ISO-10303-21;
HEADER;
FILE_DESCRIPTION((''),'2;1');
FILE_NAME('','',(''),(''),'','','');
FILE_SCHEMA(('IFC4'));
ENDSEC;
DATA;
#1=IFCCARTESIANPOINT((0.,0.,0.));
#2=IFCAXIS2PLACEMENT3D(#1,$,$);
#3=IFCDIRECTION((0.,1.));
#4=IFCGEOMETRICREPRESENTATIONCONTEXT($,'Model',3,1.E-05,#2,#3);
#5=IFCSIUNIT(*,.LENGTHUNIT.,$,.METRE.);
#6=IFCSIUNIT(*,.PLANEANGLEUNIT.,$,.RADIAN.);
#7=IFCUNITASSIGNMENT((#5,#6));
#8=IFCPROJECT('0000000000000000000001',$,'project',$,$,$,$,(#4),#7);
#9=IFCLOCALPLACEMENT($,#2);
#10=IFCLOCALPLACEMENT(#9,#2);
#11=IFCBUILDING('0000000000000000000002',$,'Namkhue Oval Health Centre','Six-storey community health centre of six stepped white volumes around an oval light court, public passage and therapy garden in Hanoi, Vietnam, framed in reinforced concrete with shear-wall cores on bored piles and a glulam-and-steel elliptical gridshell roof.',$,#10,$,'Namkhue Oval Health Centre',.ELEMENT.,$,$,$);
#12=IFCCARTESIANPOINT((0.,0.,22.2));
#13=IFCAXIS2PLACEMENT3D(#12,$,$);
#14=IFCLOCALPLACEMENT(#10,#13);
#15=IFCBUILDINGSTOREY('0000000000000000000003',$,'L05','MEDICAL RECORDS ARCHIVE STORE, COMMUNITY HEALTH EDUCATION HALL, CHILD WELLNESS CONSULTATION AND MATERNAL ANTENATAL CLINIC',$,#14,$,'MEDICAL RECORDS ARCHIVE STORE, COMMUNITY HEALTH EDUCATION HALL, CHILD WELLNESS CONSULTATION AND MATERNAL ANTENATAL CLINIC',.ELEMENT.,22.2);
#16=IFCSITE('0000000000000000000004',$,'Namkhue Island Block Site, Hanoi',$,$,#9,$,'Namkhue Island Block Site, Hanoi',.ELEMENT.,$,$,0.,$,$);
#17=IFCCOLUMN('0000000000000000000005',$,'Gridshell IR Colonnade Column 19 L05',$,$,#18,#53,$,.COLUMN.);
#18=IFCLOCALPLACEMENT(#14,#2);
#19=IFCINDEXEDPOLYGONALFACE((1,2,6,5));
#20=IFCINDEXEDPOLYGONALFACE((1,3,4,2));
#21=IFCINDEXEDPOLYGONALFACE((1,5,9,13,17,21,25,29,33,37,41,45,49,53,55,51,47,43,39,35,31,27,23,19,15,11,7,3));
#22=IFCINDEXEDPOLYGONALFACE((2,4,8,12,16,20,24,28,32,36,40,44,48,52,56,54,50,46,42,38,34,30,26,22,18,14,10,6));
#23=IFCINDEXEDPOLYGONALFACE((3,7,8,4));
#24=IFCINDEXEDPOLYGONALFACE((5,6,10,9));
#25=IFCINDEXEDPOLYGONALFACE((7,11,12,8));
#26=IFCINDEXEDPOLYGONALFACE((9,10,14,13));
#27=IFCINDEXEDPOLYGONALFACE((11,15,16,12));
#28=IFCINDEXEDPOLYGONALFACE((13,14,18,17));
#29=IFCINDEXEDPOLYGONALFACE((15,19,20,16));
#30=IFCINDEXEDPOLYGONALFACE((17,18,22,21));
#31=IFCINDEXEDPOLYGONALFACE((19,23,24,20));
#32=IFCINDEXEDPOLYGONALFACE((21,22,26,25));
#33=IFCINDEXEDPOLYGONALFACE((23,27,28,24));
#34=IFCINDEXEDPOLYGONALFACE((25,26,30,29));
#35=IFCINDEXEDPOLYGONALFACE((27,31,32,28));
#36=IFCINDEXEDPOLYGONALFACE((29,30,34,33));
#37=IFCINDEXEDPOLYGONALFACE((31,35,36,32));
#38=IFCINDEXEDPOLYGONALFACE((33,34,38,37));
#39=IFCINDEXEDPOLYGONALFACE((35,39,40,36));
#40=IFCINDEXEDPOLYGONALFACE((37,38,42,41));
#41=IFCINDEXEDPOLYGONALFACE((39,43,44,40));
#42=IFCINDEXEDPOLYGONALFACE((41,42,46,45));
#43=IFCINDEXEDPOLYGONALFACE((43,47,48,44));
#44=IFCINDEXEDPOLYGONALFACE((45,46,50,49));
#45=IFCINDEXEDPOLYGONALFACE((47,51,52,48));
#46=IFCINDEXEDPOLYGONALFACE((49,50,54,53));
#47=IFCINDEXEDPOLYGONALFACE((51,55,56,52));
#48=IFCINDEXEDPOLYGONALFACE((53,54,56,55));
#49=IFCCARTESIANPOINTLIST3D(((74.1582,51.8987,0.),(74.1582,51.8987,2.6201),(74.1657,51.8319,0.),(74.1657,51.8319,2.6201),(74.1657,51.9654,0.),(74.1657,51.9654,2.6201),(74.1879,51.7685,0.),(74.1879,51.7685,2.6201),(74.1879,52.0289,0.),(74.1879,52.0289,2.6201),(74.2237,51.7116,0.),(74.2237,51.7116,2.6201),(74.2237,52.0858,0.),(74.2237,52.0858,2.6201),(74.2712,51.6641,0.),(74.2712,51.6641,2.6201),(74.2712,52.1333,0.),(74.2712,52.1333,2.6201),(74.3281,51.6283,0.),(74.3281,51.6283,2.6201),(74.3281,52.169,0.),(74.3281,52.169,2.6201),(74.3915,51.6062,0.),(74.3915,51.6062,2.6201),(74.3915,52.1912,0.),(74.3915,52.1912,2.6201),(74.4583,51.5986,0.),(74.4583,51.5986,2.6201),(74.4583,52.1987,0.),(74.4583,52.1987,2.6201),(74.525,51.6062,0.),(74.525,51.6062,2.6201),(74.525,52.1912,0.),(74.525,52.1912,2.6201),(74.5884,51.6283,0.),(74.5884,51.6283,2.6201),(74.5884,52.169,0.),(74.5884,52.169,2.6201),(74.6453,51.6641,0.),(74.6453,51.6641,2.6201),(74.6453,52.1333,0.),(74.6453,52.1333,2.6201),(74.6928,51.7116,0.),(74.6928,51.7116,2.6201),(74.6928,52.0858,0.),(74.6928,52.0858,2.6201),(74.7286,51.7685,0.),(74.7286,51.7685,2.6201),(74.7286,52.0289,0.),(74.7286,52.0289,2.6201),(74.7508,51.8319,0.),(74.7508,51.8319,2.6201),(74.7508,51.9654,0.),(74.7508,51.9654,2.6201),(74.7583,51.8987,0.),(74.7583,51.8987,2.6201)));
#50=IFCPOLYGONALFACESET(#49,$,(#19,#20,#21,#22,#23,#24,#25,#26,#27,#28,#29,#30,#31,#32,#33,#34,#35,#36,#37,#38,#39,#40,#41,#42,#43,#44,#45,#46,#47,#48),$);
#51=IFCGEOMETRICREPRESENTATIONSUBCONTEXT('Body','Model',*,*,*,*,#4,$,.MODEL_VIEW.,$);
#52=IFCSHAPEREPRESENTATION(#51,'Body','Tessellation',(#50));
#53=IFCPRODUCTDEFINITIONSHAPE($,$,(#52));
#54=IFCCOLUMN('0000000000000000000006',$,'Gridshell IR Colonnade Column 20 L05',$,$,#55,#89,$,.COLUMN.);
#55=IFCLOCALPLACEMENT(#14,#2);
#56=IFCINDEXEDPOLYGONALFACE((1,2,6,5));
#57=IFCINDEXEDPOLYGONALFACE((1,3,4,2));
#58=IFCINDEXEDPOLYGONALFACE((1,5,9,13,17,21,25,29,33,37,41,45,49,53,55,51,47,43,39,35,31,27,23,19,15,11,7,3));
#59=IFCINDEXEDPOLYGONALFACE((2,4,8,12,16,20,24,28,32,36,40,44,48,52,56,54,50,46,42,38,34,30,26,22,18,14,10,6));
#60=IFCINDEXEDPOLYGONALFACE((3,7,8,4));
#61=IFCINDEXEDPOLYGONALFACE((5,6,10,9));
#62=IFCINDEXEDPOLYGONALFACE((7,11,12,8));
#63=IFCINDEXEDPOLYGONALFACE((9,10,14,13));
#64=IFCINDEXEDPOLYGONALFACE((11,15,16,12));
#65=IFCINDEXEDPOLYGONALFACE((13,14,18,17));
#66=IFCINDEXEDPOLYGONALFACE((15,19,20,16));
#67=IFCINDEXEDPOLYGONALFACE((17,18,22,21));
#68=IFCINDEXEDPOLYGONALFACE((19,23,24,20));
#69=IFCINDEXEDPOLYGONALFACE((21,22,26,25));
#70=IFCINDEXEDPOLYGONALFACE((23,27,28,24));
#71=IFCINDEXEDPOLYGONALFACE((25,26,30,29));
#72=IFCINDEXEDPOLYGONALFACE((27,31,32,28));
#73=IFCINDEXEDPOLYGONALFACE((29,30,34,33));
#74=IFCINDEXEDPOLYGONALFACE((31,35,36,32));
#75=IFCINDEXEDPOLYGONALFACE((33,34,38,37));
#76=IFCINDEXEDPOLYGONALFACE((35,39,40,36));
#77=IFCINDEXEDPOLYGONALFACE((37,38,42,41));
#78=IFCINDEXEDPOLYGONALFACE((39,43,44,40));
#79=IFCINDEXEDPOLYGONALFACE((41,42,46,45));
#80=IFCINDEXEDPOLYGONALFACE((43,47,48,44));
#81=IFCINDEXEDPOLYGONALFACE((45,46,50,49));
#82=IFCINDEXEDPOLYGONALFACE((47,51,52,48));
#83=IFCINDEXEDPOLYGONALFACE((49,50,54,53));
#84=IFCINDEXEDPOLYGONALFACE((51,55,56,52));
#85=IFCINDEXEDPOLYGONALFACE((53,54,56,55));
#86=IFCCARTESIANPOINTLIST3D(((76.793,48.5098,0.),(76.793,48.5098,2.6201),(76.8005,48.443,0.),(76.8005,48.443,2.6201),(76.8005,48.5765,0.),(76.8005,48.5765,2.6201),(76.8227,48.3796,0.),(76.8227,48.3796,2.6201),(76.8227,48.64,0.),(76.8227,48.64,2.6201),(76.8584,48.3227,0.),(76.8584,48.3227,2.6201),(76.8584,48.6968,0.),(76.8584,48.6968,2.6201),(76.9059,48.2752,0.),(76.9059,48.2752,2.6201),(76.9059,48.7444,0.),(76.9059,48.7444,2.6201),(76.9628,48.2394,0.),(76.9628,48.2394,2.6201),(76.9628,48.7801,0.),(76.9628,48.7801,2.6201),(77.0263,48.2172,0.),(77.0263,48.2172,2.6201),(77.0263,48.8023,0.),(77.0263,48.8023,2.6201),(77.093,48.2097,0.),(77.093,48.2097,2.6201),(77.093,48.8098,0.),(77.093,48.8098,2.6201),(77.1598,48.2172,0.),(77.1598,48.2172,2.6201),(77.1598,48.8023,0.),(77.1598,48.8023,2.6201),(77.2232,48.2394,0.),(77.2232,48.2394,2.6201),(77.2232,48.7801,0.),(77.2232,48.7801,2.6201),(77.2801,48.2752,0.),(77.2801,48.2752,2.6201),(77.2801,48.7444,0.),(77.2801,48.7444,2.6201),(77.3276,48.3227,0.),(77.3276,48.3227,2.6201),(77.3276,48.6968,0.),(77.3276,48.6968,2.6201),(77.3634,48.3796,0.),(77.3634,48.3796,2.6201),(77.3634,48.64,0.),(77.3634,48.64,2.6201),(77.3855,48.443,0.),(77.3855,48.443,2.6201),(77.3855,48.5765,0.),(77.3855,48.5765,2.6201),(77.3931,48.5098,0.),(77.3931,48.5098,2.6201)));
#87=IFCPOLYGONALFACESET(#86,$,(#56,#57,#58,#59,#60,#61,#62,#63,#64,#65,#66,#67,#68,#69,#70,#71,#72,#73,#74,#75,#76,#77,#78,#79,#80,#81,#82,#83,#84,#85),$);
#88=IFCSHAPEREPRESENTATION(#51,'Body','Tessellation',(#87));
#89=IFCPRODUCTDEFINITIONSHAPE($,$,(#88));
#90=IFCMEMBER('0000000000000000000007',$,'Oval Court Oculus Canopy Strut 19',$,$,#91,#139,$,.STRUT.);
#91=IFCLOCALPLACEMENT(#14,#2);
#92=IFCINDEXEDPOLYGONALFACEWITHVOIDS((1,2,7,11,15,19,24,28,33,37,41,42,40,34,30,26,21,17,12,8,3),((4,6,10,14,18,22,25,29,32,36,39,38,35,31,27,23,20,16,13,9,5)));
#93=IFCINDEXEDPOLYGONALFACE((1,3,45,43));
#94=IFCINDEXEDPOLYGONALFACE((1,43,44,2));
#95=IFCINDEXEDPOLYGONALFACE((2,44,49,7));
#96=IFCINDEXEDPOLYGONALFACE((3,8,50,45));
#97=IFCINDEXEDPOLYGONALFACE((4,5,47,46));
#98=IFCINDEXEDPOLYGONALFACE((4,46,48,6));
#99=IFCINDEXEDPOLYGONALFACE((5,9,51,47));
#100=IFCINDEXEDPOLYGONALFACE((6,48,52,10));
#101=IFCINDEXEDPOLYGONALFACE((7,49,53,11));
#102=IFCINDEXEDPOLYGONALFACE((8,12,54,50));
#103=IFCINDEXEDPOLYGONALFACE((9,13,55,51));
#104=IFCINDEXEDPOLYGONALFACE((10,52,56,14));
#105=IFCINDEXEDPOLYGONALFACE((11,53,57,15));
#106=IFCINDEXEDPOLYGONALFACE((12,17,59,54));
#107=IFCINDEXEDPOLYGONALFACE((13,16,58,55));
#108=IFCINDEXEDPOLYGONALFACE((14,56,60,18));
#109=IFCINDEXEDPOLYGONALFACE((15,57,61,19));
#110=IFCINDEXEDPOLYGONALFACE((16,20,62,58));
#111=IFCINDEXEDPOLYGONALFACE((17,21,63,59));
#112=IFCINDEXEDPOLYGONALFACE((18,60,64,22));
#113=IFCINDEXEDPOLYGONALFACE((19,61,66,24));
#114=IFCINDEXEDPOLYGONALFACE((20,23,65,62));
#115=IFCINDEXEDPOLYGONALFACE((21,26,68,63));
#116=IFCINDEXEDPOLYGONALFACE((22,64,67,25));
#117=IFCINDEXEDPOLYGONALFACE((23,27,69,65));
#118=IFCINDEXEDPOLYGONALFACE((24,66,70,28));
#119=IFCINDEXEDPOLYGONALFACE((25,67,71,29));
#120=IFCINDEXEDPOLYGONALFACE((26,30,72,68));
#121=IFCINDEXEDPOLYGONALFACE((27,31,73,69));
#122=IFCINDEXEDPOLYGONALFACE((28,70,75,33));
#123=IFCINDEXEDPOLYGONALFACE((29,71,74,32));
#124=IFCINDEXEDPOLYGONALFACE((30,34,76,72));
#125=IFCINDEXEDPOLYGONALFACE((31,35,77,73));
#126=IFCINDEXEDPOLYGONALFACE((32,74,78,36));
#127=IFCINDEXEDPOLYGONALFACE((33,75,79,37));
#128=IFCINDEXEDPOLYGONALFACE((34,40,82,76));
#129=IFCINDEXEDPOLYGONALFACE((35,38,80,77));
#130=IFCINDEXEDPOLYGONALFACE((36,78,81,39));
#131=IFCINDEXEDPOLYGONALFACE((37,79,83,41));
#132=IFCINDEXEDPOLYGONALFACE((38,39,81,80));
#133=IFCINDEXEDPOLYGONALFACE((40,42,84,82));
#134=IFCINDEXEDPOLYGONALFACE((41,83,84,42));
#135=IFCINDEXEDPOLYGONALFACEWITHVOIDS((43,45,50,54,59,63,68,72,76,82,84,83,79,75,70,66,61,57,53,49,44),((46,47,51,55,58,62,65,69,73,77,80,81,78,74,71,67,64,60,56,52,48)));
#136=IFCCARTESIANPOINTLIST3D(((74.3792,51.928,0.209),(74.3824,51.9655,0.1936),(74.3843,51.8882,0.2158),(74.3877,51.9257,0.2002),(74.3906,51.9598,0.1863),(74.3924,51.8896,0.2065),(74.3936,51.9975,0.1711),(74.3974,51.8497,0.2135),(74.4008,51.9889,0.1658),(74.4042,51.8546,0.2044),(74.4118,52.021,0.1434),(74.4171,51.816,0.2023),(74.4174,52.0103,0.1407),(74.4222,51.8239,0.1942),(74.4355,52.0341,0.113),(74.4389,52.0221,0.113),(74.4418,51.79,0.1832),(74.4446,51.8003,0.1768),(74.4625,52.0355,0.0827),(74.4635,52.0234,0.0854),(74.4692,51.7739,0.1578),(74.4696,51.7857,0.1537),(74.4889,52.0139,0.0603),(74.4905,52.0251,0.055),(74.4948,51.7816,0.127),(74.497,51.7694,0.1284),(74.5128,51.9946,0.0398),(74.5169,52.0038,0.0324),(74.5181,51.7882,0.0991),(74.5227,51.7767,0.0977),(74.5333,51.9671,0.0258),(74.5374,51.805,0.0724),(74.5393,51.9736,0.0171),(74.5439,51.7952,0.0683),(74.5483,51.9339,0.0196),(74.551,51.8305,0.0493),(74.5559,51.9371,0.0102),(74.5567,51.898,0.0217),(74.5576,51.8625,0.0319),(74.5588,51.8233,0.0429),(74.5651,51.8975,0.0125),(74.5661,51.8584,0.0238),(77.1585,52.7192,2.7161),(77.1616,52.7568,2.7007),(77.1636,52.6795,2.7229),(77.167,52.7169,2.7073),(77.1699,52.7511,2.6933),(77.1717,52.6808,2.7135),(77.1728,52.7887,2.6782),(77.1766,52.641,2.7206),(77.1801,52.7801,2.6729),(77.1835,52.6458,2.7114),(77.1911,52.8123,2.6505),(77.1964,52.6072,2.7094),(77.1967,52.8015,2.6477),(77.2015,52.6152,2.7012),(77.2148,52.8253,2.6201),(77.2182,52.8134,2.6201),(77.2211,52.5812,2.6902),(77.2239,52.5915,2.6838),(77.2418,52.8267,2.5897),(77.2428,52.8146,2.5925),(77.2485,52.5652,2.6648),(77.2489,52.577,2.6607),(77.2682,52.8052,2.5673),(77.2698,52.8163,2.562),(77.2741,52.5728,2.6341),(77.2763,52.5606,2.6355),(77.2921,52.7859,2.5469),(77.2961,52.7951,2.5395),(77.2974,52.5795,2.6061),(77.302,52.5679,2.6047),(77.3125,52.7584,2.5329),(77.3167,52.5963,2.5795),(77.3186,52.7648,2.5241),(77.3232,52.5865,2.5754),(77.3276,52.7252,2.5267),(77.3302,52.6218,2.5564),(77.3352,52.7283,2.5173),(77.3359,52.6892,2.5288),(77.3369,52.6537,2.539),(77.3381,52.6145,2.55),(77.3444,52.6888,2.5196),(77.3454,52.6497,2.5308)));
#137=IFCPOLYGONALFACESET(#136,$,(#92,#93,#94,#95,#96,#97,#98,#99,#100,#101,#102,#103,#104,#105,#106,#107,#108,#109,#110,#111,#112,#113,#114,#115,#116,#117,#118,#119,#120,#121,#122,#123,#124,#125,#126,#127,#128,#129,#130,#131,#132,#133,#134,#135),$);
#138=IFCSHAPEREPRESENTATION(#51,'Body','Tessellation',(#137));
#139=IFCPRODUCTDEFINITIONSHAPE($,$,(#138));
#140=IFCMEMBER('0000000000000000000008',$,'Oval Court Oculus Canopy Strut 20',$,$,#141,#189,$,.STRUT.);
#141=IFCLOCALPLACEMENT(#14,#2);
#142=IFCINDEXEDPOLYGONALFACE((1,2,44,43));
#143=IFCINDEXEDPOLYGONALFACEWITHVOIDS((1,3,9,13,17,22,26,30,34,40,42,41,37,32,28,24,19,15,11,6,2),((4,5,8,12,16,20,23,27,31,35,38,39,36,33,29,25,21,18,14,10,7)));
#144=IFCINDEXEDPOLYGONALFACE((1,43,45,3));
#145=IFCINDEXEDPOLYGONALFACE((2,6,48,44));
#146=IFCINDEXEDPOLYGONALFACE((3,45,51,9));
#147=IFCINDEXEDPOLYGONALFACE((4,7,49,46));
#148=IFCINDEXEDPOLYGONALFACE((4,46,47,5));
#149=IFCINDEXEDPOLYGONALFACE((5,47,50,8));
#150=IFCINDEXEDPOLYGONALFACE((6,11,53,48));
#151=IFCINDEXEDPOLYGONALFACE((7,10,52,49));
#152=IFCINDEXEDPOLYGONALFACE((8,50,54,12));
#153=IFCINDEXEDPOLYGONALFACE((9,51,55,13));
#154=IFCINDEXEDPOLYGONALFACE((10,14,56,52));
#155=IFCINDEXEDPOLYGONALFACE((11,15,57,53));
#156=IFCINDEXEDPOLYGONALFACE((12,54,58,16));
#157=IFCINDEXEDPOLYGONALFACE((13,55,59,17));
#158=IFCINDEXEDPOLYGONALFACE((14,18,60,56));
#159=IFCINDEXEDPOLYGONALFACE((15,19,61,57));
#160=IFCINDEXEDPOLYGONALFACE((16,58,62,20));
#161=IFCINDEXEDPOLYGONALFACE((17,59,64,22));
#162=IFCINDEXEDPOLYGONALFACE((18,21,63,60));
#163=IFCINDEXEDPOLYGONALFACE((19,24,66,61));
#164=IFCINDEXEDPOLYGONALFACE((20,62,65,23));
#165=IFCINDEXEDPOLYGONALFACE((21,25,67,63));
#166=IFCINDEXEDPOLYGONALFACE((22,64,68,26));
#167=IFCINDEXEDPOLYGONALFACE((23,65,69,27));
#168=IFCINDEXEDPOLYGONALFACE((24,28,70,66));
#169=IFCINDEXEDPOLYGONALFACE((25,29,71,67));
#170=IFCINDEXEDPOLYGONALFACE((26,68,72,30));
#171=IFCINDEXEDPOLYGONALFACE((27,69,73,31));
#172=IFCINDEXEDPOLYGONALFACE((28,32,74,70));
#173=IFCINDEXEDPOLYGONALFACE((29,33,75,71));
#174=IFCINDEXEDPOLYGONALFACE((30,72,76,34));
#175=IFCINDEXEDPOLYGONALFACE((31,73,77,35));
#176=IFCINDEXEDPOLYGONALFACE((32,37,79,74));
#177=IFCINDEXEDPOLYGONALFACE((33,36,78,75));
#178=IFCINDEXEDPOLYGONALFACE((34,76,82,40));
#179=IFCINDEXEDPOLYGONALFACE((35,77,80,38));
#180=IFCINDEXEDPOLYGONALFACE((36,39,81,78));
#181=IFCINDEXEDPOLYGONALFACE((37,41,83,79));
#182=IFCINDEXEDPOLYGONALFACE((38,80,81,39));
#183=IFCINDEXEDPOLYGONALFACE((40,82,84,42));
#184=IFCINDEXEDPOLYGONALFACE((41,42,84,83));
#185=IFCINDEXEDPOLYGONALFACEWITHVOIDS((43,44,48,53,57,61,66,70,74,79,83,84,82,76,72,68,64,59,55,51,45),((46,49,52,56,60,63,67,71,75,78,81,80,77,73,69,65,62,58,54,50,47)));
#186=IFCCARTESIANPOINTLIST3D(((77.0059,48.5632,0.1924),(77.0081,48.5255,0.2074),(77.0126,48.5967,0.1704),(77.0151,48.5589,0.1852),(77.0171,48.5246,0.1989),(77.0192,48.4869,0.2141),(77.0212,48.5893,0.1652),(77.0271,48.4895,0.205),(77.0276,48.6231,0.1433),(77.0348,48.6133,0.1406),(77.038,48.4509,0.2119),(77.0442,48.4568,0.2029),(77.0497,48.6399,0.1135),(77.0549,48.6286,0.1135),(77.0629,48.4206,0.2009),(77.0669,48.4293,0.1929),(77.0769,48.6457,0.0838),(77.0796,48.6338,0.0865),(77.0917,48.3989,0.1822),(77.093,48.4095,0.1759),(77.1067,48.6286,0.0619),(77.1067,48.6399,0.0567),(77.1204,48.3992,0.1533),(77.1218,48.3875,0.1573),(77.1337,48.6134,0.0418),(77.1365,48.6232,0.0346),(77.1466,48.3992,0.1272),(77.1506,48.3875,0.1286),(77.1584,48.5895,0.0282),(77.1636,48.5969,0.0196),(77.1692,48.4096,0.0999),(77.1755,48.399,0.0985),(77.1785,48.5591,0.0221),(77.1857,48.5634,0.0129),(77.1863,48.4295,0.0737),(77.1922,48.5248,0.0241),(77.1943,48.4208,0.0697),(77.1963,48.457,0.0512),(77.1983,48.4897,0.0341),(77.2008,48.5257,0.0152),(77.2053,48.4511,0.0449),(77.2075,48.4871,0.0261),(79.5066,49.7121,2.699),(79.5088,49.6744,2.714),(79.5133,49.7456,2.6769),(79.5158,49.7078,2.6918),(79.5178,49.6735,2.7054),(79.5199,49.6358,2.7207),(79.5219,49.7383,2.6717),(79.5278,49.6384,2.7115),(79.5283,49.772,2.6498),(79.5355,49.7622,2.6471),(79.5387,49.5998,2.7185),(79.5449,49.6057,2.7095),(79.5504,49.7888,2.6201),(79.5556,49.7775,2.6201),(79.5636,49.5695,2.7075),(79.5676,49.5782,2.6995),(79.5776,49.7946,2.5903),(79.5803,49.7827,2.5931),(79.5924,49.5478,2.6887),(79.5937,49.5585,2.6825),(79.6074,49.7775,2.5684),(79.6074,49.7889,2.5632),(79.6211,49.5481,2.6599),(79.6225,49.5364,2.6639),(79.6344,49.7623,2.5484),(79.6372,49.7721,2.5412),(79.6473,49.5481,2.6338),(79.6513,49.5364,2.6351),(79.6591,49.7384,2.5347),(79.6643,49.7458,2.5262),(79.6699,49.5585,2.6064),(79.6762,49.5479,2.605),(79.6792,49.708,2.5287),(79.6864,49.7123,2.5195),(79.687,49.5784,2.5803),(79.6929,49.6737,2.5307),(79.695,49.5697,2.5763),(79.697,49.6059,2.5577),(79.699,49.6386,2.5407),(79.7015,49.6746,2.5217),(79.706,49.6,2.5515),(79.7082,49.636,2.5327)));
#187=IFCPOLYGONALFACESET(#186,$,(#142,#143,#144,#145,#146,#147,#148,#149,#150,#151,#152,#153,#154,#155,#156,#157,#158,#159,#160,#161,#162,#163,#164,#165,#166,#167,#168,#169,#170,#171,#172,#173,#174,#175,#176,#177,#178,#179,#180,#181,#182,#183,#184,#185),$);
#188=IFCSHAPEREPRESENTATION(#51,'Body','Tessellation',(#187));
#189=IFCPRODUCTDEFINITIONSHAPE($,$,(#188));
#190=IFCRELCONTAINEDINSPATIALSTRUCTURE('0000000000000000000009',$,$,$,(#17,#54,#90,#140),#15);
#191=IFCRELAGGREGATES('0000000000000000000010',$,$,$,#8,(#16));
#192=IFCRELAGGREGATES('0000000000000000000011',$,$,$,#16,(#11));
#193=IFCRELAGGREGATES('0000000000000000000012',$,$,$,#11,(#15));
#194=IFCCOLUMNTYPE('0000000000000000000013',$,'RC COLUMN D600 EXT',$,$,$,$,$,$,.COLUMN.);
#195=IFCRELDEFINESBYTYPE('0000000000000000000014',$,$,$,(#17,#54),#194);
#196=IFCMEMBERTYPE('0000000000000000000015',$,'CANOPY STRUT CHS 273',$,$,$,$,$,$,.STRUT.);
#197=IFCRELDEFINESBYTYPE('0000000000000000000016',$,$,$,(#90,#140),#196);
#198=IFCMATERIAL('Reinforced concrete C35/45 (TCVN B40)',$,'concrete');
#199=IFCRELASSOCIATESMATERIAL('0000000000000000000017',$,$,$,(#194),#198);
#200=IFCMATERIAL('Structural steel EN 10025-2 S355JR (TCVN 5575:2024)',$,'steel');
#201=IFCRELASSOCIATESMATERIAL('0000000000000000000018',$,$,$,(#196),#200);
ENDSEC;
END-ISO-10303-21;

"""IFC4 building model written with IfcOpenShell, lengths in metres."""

from ifc_helpers import new_model, si_unit, direction, frame, origin, origin_2d, place, context, subcontext, project, spatial, circle, hollow_circle, extrude, material, material_profile, profile_set, type_object, element, save


model = new_model("IFC4")

# Units and contexts
model_context = context("Model", 3, precision=1e-05, world=origin(), true_north=direction((0.0, 1.0)))
body_context = subcontext(model_context, "Body", "Model", "MODEL_VIEW")
ifc_project = project(units=[si_unit("LENGTHUNIT", "METRE"), si_unit("PLANEANGLEUNIT", "RADIAN")], contexts=[model_context])

# Site, building, storey
site_placement = place(None, origin())
site = spatial("IfcSite", under=ifc_project, at=site_placement, Name="Namkhue Island Block Site, Hanoi", LongName="Namkhue Island Block Site, Hanoi", CompositionType="ELEMENT", RefElevation=0.0)
building_placement = place(site_placement, origin())
building = spatial("IfcBuilding", under=site, at=building_placement, Name="Namkhue Oval Health Centre", Description="Six-storey community health centre of six stepped white volumes around an oval light court, public passage and therapy garden in Hanoi, Vietnam, framed in reinforced concrete with shear-wall cores on bored piles and a glulam-and-steel elliptical gridshell roof.", LongName="Namkhue Oval Health Centre", CompositionType="ELEMENT")
storey_placement = place(building_placement, frame((0.0, 0.0, 22.2)))
storey = spatial("IfcBuildingStorey", under=building, at=storey_placement, Name="L05", Description="MEDICAL RECORDS ARCHIVE STORE, COMMUNITY HEALTH EDUCATION HALL, CHILD WELLNESS CONSULTATION AND MATERNAL ANTENATAL CLINIC", LongName="MEDICAL RECORDS ARCHIVE STORE, COMMUNITY HEALTH EDUCATION HALL, CHILD WELLNESS CONSULTATION AND MATERNAL ANTENATAL CLINIC", CompositionType="ELEMENT", Elevation=22.2)

# Columns
ifc_material_1 = material(Name="Reinforced concrete C35/45 (TCVN B40)", Category="concrete")
ifc_material_profile_1 = material_profile(ifc_material_1, circle(Radius=0.3, at=origin_2d()), Name="RC D600")
ifc_profile_set_1 = profile_set([ifc_material_profile_1], Name="Reinforced concrete C35/45 (TCVN B40)")
column_type = type_object("IfcColumnType", Name="RC COLUMN D600 EXT", PredefinedType="COLUMN", material=ifc_profile_set_1)
for number, where, z_axis, x_axis, name in (
    (1, (74.4583, 51.8987, 0.0), (0.0, 0.0, 1.0), (1.0, 0.0, 0.0), "Gridshell IR Colonnade Column 19 L05"),
    (2, (77.093, 48.5098, 0.0), (0.0, 0.0, 1.0), (1.0, 0.0, 0.0), "Gridshell IR Colonnade Column 20 L05"),
):
    element("IfcColumn", number, at=place(storey_placement, frame(where, z_axis=z_axis, x_axis=x_axis)), inside=storey, type_object=column_type, Name=name, PredefinedType="COLUMN", context=body_context, shape_type="SweptSolid", body=[
        extrude(circle(Radius=0.3, at=origin_2d()), origin(), (0.0, 0.0, 1.0), 2.6201),
    ])

# Members
ifc_material_2 = material(Name="Structural steel EN 10025-2 S355JR (TCVN 5575:2024)", Category="steel")
ifc_material_profile_2 = material_profile(ifc_material_2, hollow_circle(Radius=0.1365, WallThickness=0.0125, at=origin_2d()), Name="CHS 273x12.5")
ifc_profile_set_2 = profile_set([ifc_material_profile_2], Name="Structural steel EN 10025-2 S355JR (TCVN 5575:2024)")
member_type_1 = type_object("IfcMemberType", Name="CANOPY STRUT CHS 273", PredefinedType="STRUT", material=ifc_profile_set_2)
member_1_placement = place(storey_placement, frame((74.4729, 51.9028, 0.113), z_axis=(0.726479, 0.206827, 0.655325), x_axis=(-0.273817, 0.961782, 0.0)))
element("IfcMember", 3, at=member_1_placement, inside=storey, type_object=member_type_1, Name="Oval Court Oculus Canopy Strut 19", PredefinedType="STRUT", context=body_context, shape_type="SweptSolid", body=[
    extrude(hollow_circle(Radius=0.1365, WallThickness=0.0125, at=origin_2d()), origin(), (0.0, 0.0, 1.0), 3.8257),
])
member_2_placement = place(storey_placement, frame((77.1067, 48.5159, 0.1135), z_axis=(0.671796, 0.308647, 0.67337), x_axis=(-0.417482, 0.908685, 0.0)))
element("IfcMember", 4, at=member_2_placement, inside=storey, type_object=member_type_1, Name="Oval Court Oculus Canopy Strut 20", PredefinedType="STRUT", context=body_context, shape_type="SweptSolid", body=[
    extrude(hollow_circle(Radius=0.1365, WallThickness=0.0125, at=origin_2d()), origin(), (0.0, 0.0, 1.0), 3.7224),
])

save(model, "model.ifc")
